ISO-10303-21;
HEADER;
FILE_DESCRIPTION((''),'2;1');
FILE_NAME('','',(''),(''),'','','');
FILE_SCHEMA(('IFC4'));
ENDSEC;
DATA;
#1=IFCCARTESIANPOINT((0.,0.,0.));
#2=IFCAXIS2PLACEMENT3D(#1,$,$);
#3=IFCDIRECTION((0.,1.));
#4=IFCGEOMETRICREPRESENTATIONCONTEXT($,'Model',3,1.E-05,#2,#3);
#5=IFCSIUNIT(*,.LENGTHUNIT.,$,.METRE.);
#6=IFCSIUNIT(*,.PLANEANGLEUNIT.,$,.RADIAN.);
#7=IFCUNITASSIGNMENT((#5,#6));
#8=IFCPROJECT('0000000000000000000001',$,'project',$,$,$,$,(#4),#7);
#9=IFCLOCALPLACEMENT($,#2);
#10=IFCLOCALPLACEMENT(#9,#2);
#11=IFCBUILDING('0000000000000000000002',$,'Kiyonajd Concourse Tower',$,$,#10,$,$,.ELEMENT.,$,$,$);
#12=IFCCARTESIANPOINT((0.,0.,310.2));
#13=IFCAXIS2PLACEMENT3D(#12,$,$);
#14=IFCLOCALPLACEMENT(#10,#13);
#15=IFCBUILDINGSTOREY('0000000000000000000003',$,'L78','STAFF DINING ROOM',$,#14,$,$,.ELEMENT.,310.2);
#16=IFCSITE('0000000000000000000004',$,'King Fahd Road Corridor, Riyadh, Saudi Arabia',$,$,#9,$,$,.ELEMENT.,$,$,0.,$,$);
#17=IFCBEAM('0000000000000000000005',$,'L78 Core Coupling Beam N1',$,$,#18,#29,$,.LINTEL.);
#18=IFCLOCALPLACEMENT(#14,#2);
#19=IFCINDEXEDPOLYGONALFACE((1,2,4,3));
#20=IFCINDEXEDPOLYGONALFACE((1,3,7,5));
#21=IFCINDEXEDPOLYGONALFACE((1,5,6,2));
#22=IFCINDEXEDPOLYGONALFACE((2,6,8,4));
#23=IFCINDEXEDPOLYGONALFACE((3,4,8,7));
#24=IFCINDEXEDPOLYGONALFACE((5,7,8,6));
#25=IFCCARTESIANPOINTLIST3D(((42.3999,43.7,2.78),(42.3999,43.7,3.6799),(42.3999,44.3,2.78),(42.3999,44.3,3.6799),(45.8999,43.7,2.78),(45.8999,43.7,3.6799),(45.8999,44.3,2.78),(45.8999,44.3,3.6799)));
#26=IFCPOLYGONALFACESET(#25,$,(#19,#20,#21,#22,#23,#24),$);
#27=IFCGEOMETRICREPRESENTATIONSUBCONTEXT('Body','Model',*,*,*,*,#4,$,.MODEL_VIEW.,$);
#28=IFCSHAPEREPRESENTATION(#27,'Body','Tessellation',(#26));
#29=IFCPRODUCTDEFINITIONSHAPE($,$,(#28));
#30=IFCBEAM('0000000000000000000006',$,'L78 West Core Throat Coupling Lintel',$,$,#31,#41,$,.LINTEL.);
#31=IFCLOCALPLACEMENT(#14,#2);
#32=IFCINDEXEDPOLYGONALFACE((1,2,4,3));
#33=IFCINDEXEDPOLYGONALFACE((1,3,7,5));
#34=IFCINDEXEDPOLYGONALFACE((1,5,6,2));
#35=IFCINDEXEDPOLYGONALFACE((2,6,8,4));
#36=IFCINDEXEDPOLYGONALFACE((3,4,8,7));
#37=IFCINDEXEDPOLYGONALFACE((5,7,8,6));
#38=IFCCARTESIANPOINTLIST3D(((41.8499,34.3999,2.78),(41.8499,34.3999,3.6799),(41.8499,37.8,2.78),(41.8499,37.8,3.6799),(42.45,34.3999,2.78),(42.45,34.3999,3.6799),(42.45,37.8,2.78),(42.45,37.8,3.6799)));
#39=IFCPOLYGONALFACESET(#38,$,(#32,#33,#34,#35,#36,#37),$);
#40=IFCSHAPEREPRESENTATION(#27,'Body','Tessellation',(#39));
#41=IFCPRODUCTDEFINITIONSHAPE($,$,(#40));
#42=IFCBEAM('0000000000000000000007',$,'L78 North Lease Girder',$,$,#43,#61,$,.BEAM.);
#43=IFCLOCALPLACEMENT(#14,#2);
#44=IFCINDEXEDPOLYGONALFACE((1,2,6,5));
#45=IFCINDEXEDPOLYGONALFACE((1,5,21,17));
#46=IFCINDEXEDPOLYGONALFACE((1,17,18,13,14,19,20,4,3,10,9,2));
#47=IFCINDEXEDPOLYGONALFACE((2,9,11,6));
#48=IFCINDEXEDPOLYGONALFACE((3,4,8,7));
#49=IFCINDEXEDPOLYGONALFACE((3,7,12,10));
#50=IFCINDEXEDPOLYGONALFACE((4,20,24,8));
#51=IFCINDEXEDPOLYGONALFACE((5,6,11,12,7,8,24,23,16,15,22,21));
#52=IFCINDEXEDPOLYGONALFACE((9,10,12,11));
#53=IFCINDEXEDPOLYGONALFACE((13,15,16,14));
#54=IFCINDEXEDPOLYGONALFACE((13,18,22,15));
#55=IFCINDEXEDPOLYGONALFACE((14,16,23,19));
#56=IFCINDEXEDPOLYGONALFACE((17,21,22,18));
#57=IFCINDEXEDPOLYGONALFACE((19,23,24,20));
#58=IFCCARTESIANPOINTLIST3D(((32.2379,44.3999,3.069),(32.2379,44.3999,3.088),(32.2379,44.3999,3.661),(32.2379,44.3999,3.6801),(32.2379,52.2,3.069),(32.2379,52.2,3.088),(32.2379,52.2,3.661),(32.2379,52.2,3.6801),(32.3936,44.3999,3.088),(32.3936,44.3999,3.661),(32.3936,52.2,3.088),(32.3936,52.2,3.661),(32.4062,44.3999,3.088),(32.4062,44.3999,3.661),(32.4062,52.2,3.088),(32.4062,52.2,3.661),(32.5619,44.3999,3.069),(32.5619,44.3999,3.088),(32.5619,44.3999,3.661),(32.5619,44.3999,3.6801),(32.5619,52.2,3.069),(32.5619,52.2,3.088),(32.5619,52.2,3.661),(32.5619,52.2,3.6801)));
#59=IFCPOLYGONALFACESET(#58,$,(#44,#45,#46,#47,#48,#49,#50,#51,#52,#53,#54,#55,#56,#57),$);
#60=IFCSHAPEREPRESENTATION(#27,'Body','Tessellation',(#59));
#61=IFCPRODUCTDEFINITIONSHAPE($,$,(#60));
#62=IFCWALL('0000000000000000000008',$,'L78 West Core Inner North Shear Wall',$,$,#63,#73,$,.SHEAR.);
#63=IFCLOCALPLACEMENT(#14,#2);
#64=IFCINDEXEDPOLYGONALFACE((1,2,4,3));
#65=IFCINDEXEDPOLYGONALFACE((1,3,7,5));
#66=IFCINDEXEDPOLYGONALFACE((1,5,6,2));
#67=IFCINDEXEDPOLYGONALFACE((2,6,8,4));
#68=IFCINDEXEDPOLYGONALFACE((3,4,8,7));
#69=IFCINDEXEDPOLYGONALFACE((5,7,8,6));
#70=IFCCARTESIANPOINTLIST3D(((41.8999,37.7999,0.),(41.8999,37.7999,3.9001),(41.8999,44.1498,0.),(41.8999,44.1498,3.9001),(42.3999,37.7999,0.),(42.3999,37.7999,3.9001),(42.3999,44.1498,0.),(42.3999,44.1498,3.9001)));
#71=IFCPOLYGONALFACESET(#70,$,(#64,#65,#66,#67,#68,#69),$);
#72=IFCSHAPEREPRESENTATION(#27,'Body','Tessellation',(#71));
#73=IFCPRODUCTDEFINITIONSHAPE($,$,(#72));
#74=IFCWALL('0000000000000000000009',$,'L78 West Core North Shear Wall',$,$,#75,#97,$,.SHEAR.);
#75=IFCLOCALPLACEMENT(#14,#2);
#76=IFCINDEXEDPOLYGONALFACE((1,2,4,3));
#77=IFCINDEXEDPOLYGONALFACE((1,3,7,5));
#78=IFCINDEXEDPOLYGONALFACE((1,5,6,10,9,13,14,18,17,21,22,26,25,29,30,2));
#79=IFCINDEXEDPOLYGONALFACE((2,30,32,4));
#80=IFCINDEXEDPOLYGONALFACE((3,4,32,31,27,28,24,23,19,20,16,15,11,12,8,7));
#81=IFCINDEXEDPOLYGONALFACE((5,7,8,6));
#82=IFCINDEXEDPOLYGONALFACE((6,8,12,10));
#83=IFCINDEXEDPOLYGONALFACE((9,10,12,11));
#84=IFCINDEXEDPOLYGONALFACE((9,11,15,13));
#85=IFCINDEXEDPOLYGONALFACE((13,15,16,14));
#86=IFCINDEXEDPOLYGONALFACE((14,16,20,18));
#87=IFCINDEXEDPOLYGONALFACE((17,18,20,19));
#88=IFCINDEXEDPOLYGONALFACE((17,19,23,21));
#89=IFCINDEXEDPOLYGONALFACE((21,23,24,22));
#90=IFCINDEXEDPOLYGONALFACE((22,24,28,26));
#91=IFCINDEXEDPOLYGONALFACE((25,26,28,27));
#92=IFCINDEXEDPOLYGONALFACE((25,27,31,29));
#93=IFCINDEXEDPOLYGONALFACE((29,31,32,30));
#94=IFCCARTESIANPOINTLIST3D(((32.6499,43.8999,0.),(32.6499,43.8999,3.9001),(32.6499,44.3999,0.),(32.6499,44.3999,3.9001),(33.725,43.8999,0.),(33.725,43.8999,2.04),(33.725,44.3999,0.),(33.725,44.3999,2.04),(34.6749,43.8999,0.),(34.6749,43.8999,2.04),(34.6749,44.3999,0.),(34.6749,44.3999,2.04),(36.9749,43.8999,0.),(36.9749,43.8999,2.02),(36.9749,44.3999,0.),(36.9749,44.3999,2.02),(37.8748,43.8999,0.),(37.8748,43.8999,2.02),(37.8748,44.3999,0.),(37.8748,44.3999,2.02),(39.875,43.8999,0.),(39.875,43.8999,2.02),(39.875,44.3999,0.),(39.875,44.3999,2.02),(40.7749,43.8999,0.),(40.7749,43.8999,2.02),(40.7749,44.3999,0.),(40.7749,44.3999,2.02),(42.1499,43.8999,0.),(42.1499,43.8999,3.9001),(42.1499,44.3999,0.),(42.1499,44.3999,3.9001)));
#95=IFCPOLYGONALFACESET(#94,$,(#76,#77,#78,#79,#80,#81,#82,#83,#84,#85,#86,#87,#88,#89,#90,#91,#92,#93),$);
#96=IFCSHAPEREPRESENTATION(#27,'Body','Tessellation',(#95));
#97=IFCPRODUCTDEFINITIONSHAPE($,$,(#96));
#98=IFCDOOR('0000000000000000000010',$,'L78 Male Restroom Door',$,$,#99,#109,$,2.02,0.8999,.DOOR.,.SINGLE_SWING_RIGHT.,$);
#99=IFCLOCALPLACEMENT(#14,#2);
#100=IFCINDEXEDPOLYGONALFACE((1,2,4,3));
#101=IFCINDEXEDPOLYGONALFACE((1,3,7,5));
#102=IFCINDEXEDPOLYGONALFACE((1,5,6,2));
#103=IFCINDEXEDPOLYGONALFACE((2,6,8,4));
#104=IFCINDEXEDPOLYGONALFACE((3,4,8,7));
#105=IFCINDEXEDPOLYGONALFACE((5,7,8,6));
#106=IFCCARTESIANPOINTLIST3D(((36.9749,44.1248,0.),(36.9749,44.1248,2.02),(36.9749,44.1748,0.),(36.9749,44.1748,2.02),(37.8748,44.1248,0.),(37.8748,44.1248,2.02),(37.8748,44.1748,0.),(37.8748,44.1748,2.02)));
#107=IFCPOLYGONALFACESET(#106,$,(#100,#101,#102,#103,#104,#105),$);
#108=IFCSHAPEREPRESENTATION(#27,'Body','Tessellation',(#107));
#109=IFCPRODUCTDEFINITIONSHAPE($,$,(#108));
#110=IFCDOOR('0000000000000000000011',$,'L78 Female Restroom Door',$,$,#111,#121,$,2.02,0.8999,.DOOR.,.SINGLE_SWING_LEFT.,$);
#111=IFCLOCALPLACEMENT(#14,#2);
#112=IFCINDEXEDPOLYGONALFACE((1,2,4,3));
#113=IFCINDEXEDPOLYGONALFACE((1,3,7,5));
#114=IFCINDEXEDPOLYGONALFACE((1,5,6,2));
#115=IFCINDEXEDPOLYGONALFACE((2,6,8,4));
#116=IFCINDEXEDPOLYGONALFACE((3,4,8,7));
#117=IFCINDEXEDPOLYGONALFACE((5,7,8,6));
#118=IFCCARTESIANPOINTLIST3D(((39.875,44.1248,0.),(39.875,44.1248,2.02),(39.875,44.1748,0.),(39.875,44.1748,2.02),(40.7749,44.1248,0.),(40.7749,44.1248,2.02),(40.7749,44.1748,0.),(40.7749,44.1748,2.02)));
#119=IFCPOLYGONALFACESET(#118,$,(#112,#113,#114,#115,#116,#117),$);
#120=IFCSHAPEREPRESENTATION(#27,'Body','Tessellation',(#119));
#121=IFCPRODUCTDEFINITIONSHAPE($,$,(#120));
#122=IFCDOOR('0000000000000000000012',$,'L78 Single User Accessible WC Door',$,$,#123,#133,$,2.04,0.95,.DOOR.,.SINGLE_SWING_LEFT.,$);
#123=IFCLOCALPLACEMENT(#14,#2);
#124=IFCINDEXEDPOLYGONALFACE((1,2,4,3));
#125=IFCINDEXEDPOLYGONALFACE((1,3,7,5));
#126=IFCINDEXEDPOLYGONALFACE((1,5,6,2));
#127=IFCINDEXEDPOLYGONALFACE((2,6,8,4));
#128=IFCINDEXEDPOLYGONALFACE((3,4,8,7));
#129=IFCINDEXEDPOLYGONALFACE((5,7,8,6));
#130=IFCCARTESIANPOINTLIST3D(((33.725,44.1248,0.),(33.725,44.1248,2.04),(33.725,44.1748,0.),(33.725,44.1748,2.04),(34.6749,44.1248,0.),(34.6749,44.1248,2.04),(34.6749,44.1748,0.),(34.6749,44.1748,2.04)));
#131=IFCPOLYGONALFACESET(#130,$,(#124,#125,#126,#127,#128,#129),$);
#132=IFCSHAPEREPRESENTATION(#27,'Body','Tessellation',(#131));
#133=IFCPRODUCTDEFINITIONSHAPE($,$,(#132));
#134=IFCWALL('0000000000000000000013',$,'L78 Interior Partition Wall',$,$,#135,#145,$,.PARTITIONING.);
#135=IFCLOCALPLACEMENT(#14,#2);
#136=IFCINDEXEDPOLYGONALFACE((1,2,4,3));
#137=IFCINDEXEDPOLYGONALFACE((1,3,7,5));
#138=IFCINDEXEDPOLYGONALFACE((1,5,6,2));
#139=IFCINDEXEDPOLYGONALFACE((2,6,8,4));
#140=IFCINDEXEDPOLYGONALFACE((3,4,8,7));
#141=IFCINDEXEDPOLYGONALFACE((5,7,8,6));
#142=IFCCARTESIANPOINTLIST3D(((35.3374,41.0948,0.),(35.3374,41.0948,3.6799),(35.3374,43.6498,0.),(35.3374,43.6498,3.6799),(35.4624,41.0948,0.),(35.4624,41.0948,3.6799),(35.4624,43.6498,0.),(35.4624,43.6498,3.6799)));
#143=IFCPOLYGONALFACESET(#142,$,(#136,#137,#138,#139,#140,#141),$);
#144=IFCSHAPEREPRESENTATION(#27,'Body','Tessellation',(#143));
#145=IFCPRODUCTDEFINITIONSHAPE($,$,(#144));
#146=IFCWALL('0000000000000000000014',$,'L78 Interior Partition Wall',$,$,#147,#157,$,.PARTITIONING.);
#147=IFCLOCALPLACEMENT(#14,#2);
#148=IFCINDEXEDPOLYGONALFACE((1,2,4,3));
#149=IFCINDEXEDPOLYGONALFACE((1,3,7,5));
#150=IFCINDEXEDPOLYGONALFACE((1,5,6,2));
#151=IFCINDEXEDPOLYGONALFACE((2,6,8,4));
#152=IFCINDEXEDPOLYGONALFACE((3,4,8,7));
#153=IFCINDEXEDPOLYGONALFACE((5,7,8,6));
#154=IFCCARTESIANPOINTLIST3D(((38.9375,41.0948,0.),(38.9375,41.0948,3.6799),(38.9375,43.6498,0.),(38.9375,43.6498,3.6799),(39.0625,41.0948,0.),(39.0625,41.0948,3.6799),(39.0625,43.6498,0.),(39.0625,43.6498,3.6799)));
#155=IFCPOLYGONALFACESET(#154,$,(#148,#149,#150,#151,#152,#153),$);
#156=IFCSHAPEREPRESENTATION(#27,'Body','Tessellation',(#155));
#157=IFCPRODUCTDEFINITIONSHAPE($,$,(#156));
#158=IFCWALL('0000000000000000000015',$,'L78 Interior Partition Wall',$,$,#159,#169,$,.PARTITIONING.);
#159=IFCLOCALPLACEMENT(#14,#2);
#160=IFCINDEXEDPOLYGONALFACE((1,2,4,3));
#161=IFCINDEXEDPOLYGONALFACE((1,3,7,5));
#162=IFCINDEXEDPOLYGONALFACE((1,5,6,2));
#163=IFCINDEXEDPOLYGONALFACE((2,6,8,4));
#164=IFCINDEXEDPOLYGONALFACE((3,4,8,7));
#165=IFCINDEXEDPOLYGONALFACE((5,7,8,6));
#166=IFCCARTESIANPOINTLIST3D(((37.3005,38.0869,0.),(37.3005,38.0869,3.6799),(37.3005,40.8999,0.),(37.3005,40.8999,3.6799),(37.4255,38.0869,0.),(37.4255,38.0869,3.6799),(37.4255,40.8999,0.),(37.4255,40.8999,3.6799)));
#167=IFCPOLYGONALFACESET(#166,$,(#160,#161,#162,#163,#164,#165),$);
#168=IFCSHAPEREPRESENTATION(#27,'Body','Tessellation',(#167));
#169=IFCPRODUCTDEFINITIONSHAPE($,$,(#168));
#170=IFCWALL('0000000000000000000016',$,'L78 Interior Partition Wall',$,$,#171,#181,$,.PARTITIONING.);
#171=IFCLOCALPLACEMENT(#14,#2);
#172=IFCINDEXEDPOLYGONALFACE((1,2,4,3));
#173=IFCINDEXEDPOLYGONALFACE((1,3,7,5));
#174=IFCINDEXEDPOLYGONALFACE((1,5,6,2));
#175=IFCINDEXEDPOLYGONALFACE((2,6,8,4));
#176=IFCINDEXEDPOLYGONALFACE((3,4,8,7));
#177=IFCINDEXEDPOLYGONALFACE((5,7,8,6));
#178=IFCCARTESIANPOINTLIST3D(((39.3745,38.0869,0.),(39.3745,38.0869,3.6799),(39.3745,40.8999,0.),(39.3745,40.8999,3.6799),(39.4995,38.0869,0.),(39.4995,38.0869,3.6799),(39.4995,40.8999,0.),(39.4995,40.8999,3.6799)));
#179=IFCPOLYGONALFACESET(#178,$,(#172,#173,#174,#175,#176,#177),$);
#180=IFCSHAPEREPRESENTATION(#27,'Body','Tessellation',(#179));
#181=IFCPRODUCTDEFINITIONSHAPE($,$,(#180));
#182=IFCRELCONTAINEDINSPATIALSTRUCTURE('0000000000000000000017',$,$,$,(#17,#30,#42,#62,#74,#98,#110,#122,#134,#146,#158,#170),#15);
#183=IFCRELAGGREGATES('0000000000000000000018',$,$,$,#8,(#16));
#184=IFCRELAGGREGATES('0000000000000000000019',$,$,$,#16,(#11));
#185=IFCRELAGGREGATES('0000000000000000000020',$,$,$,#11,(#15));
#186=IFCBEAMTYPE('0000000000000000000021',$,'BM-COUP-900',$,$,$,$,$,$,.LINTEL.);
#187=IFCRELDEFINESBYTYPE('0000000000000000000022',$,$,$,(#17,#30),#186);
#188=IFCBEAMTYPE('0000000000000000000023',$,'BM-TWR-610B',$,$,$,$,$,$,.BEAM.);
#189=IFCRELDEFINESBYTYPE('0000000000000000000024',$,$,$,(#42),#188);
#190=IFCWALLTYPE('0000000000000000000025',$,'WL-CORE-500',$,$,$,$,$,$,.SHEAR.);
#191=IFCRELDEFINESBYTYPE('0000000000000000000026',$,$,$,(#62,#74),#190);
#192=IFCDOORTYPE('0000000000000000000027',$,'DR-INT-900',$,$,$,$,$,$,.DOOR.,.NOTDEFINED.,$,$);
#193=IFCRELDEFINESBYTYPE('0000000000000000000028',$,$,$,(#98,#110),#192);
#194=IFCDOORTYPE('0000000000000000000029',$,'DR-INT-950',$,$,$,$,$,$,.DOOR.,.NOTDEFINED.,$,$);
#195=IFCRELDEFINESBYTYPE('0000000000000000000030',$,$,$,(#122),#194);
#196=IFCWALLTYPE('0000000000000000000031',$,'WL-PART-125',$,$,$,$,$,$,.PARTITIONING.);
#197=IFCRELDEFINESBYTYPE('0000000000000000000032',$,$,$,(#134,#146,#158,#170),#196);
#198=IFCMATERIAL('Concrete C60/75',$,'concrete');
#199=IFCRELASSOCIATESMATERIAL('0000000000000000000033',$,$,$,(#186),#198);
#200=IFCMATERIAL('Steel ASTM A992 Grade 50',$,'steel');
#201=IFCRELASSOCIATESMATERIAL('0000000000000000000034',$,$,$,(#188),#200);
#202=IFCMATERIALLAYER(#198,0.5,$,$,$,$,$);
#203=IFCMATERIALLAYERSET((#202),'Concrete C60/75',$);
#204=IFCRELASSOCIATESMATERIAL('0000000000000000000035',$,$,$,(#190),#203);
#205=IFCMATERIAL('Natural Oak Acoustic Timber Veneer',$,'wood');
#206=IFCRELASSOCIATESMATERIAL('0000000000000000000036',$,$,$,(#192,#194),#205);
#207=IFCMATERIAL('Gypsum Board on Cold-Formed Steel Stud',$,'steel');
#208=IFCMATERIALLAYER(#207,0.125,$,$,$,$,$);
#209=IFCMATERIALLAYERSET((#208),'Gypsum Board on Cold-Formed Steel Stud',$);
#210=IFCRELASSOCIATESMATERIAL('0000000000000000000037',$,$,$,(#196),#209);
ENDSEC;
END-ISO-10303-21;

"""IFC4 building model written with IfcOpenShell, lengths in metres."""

from ifc_helpers import new_model, si_unit, direction, frame, frame_2d, origin, origin_2d, place, context, subcontext, project, spatial, rectangle, i_section, extrude, material, layer, layer_set, material_profile, profile_set, type_object, element, fill, save


model = new_model("IFC4")

# Units and contexts
model_context = context("Model", 3, precision=1e-05, world=origin(), true_north=direction((0.0, 1.0)))
body_context = subcontext(model_context, "Body", "Model", "MODEL_VIEW")
ifc_project = project(units=[si_unit("LENGTHUNIT", "METRE"), si_unit("PLANEANGLEUNIT", "RADIAN")], contexts=[model_context])

# Site, building, storey
site_placement = place(None, origin())
site = spatial("IfcSite", under=ifc_project, at=site_placement, Name="King Fahd Road Corridor, Riyadh, Saudi Arabia", CompositionType="ELEMENT", RefElevation=0.0)
building_placement = place(site_placement, origin())
building = spatial("IfcBuilding", under=site, at=building_placement, Name="Kiyonajd Concourse Tower", CompositionType="ELEMENT")
storey_placement = place(building_placement, frame((0.0, 0.0, 310.2)))
storey = spatial("IfcBuildingStorey", under=building, at=storey_placement, Name="L78", Description="STAFF DINING ROOM", CompositionType="ELEMENT", Elevation=310.2)

# Beams
ifc_material_1 = material(Name="Concrete C60/75", Category="concrete")
ifc_material_profile_1 = material_profile(ifc_material_1, rectangle(XDim=0.6001, YDim=0.8999, at=origin_2d()), Name="RCBM-600x900")
ifc_profile_set_1 = profile_set([ifc_material_profile_1], Name="Concrete C60/75")
beam_type_1 = type_object("IfcBeamType", Name="BM-COUP-900", PredefinedType="LINTEL", material=ifc_profile_set_1)
beam_1_placement = place(storey_placement, frame((42.3999, 44.0, 3.23), z_axis=(1.0, 0.0, 0.0), x_axis=(0.0, 1.0, 0.0)))
element("IfcBeam", 1, at=beam_1_placement, inside=storey, type_object=beam_type_1, Name="L78 Core Coupling Beam N1", PredefinedType="LINTEL", context=body_context, shape_type="SweptSolid", body=[
    extrude(rectangle(XDim=0.6001, YDim=0.8999, at=origin_2d()), origin(), (0.0, 0.0, 1.0), 3.5),
])
beam_2_placement = place(storey_placement, frame((42.1499, 34.3999, 3.23), z_axis=(0.0, 1.0, 0.0), x_axis=(-1.0, 0.0, 0.0)))
element("IfcBeam", 2, at=beam_2_placement, inside=storey, type_object=beam_type_1, Name="L78 West Core Throat Coupling Lintel", PredefinedType="LINTEL", context=body_context, shape_type="SweptSolid", body=[
    extrude(rectangle(XDim=0.6001, YDim=0.8999, at=origin_2d()), origin(), (0.0, 0.0, 1.0), 3.4001),
])
ifc_material_2 = material(Name="Steel ASTM A992 Grade 50", Category="steel")
ifc_material_profile_2 = material_profile(ifc_material_2, i_section(OverallWidth=0.324, OverallDepth=0.6111, WebThickness=0.0127, FlangeThickness=0.019, at=origin_2d()), Name="W610X155")
ifc_profile_set_2 = profile_set([ifc_material_profile_2], Name="Steel ASTM A992 Grade 50")
beam_type_2 = type_object("IfcBeamType", Name="BM-TWR-610B", PredefinedType="BEAM", material=ifc_profile_set_2)
beam_3_placement = place(storey_placement, frame((32.3999, 44.3999, 3.3745), z_axis=(0.0, 1.0, 0.0), x_axis=(-1.0, 0.0, 0.0)))
element("IfcBeam", 3, at=beam_3_placement, inside=storey, type_object=beam_type_2, Name="L78 North Lease Girder", PredefinedType="BEAM", context=body_context, shape_type="SweptSolid", body=[
    extrude(i_section(OverallWidth=0.324, OverallDepth=0.6111, WebThickness=0.0127, FlangeThickness=0.019, at=origin_2d()), origin(), (0.0, 0.0, 1.0), 7.8),
])

# Wall
ifc_layer_1 = layer(ifc_material_1, 0.5)
ifc_layer_set_1 = layer_set([ifc_layer_1], Name="Concrete C60/75")
wall_type_1 = type_object("IfcWallType", Name="WL-CORE-500", PredefinedType="SHEAR", material=ifc_layer_set_1)
wall_1_placement = place(storey_placement, frame((42.1499, 37.8, 0.0), z_axis=(0.0, 0.0, 1.0), x_axis=(0.0, 1.0, 0.0)))
element("IfcWall", 4, at=wall_1_placement, inside=storey, type_object=wall_type_1, Name="L78 West Core Inner North Shear Wall", PredefinedType="SHEAR", context=body_context, shape_type="SweptSolid", body=[
    extrude(rectangle(XDim=6.3499, YDim=0.5, at=frame_2d((3.1748, 0.0))), origin(), (0.0, 0.0, 1.0), 3.9001),
])

# Wall, openings, doors
wall_2_placement = place(storey_placement, frame((32.6499, 44.1499, 0.0), z_axis=(0.0, 0.0, 1.0), x_axis=(1.0, 0.0, 0.0)))
wall_2 = element("IfcWall", 5, at=wall_2_placement, inside=storey, type_object=wall_type_1, Name="L78 West Core North Shear Wall", PredefinedType="SHEAR", context=body_context, shape_type="SweptSolid", body=[
    extrude(rectangle(XDim=9.5, YDim=0.5, at=frame_2d((4.75, 0.0))), origin(), (0.0, 0.0, 1.0), 3.9001),
])
opening_1_placement = place(wall_2_placement, frame((1.075, 0.0, 0.0)))
opening_1 = element("IfcOpeningElement", 6, at=opening_1_placement, cuts=wall_2, PredefinedType="OPENING", context=body_context, shape_type="SweptSolid", body=[
    extrude(rectangle(XDim=0.95, YDim=2.04, at=frame_2d((0.4751, 1.02))), frame((0.0, 0.26, 0.0), z_axis=(0.0, -1.0, 0.0), x_axis=(1.0, 0.0, 0.0)), (0.0, 0.0, 1.0), 0.52),
])
opening_2_placement = place(wall_2_placement, frame((4.325, 0.0, 0.0)))
opening_2 = element("IfcOpeningElement", 7, at=opening_2_placement, cuts=wall_2, PredefinedType="OPENING", context=body_context, shape_type="SweptSolid", body=[
    extrude(rectangle(XDim=0.8999, YDim=2.02, at=frame_2d((0.45, 1.01))), frame((0.0, 0.26, 0.0), z_axis=(0.0, -1.0, 0.0), x_axis=(1.0, 0.0, 0.0)), (0.0, 0.0, 1.0), 0.52),
])
opening_3_placement = place(wall_2_placement, frame((7.2251, 0.0, 0.0)))
opening_3 = element("IfcOpeningElement", 8, at=opening_3_placement, cuts=wall_2, PredefinedType="OPENING", context=body_context, shape_type="SweptSolid", body=[
    extrude(rectangle(XDim=0.8999, YDim=2.02, at=frame_2d((0.45, 1.01))), frame((0.0, 0.26, 0.0), z_axis=(0.0, -1.0, 0.0), x_axis=(1.0, 0.0, 0.0)), (0.0, 0.0, 1.0), 0.52),
])
ifc_material_3 = material(Name="Natural Oak Acoustic Timber Veneer", Category="wood")
door_type_1 = type_object("IfcDoorType", Name="DR-INT-900", OperationType="NOTDEFINED", PredefinedType="DOOR", material=ifc_material_3)
door_1_placement = place(opening_2_placement, origin())
door_1 = element("IfcDoor", 9, at=door_1_placement, inside=storey, type_object=door_type_1, Name="L78 Male Restroom Door", OperationType="SINGLE_SWING_RIGHT", OverallHeight=2.02, OverallWidth=0.8999, PredefinedType="DOOR", context=body_context, shape_type="SweptSolid", body=[
    extrude(rectangle(XDim=0.8999, YDim=2.02, at=frame_2d((0.45, 1.01))), frame((0.0, 0.0249, 0.0), z_axis=(0.0, -1.0, 0.0), x_axis=(1.0, 0.0, 0.0)), (0.0, 0.0, 1.0), 0.05),
])
fill(opening_2, door_1)
door_2_placement = place(opening_3_placement, origin())
door_2 = element("IfcDoor", 10, at=door_2_placement, inside=storey, type_object=door_type_1, Name="L78 Female Restroom Door", OperationType="SINGLE_SWING_LEFT", OverallHeight=2.02, OverallWidth=0.8999, PredefinedType="DOOR", context=body_context, shape_type="SweptSolid", body=[
    extrude(rectangle(XDim=0.8999, YDim=2.02, at=frame_2d((0.45, 1.01))), frame((0.0, 0.0249, 0.0), z_axis=(0.0, -1.0, 0.0), x_axis=(1.0, 0.0, 0.0)), (0.0, 0.0, 1.0), 0.05),
])
fill(opening_3, door_2)
door_type_2 = type_object("IfcDoorType", Name="DR-INT-950", OperationType="NOTDEFINED", PredefinedType="DOOR", material=ifc_material_3)
door_3_placement = place(opening_1_placement, origin())
door_3 = element("IfcDoor", 11, at=door_3_placement, inside=storey, type_object=door_type_2, Name="L78 Single User Accessible WC Door", OperationType="SINGLE_SWING_LEFT", OverallHeight=2.04, OverallWidth=0.95, PredefinedType="DOOR", context=body_context, shape_type="SweptSolid", body=[
    extrude(rectangle(XDim=0.95, YDim=2.04, at=frame_2d((0.4751, 1.02))), frame((0.0, 0.0249, 0.0), z_axis=(0.0, -1.0, 0.0), x_axis=(1.0, 0.0, 0.0)), (0.0, 0.0, 1.0), 0.05),
])
fill(opening_1, door_3)

# Walls
ifc_material_4 = material(Name="Gypsum Board on Cold-Formed Steel Stud", Category="steel")
ifc_layer_2 = layer(ifc_material_4, 0.125)
ifc_layer_set_2 = layer_set([ifc_layer_2], Name="Gypsum Board on Cold-Formed Steel Stud")
wall_type_2 = type_object("IfcWallType", Name="WL-PART-125", PredefinedType="PARTITIONING", material=ifc_layer_set_2)
for number, where, z_axis, x_axis, name in (
    (12, (35.3999, 41.095, 0.0), (0.0, 0.0, 1.0), (0.0, 1.0, 0.0), "L78 Interior Partition Wall"),
    (13, (39.0, 41.095, 0.0), (0.0, 0.0, 1.0), (0.0, 1.0, 0.0), "L78 Interior Partition Wall"),
):
    element("IfcWall", number, at=place(storey_placement, frame(where, z_axis=z_axis, x_axis=x_axis)), inside=storey, type_object=wall_type_2, Name=name, PredefinedType="PARTITIONING", context=body_context, shape_type="SweptSolid", body=[
        extrude(rectangle(XDim=2.5549, YDim=0.125, at=frame_2d((1.2773, 0.0))), origin(), (0.0, 0.0, 1.0), 3.6799),
    ])
for number, where, z_axis, x_axis, name in (
    (14, (37.363, 38.0869, 0.0), (0.0, 0.0, 1.0), (0.0, 1.0, 0.0), "L78 Interior Partition Wall"),
    (15, (39.437, 38.0869, 0.0), (0.0, 0.0, 1.0), (0.0, 1.0, 0.0), "L78 Interior Partition Wall"),
):
    element("IfcWall", number, at=place(storey_placement, frame(where, z_axis=z_axis, x_axis=x_axis)), inside=storey, type_object=wall_type_2, Name=name, PredefinedType="PARTITIONING", context=body_context, shape_type="SweptSolid", body=[
        extrude(rectangle(XDim=2.813, YDim=0.125, at=frame_2d((1.4065, 0.0))), origin(), (0.0, 0.0, 1.0), 3.6799),
    ])

save(model, "model.ifc")
